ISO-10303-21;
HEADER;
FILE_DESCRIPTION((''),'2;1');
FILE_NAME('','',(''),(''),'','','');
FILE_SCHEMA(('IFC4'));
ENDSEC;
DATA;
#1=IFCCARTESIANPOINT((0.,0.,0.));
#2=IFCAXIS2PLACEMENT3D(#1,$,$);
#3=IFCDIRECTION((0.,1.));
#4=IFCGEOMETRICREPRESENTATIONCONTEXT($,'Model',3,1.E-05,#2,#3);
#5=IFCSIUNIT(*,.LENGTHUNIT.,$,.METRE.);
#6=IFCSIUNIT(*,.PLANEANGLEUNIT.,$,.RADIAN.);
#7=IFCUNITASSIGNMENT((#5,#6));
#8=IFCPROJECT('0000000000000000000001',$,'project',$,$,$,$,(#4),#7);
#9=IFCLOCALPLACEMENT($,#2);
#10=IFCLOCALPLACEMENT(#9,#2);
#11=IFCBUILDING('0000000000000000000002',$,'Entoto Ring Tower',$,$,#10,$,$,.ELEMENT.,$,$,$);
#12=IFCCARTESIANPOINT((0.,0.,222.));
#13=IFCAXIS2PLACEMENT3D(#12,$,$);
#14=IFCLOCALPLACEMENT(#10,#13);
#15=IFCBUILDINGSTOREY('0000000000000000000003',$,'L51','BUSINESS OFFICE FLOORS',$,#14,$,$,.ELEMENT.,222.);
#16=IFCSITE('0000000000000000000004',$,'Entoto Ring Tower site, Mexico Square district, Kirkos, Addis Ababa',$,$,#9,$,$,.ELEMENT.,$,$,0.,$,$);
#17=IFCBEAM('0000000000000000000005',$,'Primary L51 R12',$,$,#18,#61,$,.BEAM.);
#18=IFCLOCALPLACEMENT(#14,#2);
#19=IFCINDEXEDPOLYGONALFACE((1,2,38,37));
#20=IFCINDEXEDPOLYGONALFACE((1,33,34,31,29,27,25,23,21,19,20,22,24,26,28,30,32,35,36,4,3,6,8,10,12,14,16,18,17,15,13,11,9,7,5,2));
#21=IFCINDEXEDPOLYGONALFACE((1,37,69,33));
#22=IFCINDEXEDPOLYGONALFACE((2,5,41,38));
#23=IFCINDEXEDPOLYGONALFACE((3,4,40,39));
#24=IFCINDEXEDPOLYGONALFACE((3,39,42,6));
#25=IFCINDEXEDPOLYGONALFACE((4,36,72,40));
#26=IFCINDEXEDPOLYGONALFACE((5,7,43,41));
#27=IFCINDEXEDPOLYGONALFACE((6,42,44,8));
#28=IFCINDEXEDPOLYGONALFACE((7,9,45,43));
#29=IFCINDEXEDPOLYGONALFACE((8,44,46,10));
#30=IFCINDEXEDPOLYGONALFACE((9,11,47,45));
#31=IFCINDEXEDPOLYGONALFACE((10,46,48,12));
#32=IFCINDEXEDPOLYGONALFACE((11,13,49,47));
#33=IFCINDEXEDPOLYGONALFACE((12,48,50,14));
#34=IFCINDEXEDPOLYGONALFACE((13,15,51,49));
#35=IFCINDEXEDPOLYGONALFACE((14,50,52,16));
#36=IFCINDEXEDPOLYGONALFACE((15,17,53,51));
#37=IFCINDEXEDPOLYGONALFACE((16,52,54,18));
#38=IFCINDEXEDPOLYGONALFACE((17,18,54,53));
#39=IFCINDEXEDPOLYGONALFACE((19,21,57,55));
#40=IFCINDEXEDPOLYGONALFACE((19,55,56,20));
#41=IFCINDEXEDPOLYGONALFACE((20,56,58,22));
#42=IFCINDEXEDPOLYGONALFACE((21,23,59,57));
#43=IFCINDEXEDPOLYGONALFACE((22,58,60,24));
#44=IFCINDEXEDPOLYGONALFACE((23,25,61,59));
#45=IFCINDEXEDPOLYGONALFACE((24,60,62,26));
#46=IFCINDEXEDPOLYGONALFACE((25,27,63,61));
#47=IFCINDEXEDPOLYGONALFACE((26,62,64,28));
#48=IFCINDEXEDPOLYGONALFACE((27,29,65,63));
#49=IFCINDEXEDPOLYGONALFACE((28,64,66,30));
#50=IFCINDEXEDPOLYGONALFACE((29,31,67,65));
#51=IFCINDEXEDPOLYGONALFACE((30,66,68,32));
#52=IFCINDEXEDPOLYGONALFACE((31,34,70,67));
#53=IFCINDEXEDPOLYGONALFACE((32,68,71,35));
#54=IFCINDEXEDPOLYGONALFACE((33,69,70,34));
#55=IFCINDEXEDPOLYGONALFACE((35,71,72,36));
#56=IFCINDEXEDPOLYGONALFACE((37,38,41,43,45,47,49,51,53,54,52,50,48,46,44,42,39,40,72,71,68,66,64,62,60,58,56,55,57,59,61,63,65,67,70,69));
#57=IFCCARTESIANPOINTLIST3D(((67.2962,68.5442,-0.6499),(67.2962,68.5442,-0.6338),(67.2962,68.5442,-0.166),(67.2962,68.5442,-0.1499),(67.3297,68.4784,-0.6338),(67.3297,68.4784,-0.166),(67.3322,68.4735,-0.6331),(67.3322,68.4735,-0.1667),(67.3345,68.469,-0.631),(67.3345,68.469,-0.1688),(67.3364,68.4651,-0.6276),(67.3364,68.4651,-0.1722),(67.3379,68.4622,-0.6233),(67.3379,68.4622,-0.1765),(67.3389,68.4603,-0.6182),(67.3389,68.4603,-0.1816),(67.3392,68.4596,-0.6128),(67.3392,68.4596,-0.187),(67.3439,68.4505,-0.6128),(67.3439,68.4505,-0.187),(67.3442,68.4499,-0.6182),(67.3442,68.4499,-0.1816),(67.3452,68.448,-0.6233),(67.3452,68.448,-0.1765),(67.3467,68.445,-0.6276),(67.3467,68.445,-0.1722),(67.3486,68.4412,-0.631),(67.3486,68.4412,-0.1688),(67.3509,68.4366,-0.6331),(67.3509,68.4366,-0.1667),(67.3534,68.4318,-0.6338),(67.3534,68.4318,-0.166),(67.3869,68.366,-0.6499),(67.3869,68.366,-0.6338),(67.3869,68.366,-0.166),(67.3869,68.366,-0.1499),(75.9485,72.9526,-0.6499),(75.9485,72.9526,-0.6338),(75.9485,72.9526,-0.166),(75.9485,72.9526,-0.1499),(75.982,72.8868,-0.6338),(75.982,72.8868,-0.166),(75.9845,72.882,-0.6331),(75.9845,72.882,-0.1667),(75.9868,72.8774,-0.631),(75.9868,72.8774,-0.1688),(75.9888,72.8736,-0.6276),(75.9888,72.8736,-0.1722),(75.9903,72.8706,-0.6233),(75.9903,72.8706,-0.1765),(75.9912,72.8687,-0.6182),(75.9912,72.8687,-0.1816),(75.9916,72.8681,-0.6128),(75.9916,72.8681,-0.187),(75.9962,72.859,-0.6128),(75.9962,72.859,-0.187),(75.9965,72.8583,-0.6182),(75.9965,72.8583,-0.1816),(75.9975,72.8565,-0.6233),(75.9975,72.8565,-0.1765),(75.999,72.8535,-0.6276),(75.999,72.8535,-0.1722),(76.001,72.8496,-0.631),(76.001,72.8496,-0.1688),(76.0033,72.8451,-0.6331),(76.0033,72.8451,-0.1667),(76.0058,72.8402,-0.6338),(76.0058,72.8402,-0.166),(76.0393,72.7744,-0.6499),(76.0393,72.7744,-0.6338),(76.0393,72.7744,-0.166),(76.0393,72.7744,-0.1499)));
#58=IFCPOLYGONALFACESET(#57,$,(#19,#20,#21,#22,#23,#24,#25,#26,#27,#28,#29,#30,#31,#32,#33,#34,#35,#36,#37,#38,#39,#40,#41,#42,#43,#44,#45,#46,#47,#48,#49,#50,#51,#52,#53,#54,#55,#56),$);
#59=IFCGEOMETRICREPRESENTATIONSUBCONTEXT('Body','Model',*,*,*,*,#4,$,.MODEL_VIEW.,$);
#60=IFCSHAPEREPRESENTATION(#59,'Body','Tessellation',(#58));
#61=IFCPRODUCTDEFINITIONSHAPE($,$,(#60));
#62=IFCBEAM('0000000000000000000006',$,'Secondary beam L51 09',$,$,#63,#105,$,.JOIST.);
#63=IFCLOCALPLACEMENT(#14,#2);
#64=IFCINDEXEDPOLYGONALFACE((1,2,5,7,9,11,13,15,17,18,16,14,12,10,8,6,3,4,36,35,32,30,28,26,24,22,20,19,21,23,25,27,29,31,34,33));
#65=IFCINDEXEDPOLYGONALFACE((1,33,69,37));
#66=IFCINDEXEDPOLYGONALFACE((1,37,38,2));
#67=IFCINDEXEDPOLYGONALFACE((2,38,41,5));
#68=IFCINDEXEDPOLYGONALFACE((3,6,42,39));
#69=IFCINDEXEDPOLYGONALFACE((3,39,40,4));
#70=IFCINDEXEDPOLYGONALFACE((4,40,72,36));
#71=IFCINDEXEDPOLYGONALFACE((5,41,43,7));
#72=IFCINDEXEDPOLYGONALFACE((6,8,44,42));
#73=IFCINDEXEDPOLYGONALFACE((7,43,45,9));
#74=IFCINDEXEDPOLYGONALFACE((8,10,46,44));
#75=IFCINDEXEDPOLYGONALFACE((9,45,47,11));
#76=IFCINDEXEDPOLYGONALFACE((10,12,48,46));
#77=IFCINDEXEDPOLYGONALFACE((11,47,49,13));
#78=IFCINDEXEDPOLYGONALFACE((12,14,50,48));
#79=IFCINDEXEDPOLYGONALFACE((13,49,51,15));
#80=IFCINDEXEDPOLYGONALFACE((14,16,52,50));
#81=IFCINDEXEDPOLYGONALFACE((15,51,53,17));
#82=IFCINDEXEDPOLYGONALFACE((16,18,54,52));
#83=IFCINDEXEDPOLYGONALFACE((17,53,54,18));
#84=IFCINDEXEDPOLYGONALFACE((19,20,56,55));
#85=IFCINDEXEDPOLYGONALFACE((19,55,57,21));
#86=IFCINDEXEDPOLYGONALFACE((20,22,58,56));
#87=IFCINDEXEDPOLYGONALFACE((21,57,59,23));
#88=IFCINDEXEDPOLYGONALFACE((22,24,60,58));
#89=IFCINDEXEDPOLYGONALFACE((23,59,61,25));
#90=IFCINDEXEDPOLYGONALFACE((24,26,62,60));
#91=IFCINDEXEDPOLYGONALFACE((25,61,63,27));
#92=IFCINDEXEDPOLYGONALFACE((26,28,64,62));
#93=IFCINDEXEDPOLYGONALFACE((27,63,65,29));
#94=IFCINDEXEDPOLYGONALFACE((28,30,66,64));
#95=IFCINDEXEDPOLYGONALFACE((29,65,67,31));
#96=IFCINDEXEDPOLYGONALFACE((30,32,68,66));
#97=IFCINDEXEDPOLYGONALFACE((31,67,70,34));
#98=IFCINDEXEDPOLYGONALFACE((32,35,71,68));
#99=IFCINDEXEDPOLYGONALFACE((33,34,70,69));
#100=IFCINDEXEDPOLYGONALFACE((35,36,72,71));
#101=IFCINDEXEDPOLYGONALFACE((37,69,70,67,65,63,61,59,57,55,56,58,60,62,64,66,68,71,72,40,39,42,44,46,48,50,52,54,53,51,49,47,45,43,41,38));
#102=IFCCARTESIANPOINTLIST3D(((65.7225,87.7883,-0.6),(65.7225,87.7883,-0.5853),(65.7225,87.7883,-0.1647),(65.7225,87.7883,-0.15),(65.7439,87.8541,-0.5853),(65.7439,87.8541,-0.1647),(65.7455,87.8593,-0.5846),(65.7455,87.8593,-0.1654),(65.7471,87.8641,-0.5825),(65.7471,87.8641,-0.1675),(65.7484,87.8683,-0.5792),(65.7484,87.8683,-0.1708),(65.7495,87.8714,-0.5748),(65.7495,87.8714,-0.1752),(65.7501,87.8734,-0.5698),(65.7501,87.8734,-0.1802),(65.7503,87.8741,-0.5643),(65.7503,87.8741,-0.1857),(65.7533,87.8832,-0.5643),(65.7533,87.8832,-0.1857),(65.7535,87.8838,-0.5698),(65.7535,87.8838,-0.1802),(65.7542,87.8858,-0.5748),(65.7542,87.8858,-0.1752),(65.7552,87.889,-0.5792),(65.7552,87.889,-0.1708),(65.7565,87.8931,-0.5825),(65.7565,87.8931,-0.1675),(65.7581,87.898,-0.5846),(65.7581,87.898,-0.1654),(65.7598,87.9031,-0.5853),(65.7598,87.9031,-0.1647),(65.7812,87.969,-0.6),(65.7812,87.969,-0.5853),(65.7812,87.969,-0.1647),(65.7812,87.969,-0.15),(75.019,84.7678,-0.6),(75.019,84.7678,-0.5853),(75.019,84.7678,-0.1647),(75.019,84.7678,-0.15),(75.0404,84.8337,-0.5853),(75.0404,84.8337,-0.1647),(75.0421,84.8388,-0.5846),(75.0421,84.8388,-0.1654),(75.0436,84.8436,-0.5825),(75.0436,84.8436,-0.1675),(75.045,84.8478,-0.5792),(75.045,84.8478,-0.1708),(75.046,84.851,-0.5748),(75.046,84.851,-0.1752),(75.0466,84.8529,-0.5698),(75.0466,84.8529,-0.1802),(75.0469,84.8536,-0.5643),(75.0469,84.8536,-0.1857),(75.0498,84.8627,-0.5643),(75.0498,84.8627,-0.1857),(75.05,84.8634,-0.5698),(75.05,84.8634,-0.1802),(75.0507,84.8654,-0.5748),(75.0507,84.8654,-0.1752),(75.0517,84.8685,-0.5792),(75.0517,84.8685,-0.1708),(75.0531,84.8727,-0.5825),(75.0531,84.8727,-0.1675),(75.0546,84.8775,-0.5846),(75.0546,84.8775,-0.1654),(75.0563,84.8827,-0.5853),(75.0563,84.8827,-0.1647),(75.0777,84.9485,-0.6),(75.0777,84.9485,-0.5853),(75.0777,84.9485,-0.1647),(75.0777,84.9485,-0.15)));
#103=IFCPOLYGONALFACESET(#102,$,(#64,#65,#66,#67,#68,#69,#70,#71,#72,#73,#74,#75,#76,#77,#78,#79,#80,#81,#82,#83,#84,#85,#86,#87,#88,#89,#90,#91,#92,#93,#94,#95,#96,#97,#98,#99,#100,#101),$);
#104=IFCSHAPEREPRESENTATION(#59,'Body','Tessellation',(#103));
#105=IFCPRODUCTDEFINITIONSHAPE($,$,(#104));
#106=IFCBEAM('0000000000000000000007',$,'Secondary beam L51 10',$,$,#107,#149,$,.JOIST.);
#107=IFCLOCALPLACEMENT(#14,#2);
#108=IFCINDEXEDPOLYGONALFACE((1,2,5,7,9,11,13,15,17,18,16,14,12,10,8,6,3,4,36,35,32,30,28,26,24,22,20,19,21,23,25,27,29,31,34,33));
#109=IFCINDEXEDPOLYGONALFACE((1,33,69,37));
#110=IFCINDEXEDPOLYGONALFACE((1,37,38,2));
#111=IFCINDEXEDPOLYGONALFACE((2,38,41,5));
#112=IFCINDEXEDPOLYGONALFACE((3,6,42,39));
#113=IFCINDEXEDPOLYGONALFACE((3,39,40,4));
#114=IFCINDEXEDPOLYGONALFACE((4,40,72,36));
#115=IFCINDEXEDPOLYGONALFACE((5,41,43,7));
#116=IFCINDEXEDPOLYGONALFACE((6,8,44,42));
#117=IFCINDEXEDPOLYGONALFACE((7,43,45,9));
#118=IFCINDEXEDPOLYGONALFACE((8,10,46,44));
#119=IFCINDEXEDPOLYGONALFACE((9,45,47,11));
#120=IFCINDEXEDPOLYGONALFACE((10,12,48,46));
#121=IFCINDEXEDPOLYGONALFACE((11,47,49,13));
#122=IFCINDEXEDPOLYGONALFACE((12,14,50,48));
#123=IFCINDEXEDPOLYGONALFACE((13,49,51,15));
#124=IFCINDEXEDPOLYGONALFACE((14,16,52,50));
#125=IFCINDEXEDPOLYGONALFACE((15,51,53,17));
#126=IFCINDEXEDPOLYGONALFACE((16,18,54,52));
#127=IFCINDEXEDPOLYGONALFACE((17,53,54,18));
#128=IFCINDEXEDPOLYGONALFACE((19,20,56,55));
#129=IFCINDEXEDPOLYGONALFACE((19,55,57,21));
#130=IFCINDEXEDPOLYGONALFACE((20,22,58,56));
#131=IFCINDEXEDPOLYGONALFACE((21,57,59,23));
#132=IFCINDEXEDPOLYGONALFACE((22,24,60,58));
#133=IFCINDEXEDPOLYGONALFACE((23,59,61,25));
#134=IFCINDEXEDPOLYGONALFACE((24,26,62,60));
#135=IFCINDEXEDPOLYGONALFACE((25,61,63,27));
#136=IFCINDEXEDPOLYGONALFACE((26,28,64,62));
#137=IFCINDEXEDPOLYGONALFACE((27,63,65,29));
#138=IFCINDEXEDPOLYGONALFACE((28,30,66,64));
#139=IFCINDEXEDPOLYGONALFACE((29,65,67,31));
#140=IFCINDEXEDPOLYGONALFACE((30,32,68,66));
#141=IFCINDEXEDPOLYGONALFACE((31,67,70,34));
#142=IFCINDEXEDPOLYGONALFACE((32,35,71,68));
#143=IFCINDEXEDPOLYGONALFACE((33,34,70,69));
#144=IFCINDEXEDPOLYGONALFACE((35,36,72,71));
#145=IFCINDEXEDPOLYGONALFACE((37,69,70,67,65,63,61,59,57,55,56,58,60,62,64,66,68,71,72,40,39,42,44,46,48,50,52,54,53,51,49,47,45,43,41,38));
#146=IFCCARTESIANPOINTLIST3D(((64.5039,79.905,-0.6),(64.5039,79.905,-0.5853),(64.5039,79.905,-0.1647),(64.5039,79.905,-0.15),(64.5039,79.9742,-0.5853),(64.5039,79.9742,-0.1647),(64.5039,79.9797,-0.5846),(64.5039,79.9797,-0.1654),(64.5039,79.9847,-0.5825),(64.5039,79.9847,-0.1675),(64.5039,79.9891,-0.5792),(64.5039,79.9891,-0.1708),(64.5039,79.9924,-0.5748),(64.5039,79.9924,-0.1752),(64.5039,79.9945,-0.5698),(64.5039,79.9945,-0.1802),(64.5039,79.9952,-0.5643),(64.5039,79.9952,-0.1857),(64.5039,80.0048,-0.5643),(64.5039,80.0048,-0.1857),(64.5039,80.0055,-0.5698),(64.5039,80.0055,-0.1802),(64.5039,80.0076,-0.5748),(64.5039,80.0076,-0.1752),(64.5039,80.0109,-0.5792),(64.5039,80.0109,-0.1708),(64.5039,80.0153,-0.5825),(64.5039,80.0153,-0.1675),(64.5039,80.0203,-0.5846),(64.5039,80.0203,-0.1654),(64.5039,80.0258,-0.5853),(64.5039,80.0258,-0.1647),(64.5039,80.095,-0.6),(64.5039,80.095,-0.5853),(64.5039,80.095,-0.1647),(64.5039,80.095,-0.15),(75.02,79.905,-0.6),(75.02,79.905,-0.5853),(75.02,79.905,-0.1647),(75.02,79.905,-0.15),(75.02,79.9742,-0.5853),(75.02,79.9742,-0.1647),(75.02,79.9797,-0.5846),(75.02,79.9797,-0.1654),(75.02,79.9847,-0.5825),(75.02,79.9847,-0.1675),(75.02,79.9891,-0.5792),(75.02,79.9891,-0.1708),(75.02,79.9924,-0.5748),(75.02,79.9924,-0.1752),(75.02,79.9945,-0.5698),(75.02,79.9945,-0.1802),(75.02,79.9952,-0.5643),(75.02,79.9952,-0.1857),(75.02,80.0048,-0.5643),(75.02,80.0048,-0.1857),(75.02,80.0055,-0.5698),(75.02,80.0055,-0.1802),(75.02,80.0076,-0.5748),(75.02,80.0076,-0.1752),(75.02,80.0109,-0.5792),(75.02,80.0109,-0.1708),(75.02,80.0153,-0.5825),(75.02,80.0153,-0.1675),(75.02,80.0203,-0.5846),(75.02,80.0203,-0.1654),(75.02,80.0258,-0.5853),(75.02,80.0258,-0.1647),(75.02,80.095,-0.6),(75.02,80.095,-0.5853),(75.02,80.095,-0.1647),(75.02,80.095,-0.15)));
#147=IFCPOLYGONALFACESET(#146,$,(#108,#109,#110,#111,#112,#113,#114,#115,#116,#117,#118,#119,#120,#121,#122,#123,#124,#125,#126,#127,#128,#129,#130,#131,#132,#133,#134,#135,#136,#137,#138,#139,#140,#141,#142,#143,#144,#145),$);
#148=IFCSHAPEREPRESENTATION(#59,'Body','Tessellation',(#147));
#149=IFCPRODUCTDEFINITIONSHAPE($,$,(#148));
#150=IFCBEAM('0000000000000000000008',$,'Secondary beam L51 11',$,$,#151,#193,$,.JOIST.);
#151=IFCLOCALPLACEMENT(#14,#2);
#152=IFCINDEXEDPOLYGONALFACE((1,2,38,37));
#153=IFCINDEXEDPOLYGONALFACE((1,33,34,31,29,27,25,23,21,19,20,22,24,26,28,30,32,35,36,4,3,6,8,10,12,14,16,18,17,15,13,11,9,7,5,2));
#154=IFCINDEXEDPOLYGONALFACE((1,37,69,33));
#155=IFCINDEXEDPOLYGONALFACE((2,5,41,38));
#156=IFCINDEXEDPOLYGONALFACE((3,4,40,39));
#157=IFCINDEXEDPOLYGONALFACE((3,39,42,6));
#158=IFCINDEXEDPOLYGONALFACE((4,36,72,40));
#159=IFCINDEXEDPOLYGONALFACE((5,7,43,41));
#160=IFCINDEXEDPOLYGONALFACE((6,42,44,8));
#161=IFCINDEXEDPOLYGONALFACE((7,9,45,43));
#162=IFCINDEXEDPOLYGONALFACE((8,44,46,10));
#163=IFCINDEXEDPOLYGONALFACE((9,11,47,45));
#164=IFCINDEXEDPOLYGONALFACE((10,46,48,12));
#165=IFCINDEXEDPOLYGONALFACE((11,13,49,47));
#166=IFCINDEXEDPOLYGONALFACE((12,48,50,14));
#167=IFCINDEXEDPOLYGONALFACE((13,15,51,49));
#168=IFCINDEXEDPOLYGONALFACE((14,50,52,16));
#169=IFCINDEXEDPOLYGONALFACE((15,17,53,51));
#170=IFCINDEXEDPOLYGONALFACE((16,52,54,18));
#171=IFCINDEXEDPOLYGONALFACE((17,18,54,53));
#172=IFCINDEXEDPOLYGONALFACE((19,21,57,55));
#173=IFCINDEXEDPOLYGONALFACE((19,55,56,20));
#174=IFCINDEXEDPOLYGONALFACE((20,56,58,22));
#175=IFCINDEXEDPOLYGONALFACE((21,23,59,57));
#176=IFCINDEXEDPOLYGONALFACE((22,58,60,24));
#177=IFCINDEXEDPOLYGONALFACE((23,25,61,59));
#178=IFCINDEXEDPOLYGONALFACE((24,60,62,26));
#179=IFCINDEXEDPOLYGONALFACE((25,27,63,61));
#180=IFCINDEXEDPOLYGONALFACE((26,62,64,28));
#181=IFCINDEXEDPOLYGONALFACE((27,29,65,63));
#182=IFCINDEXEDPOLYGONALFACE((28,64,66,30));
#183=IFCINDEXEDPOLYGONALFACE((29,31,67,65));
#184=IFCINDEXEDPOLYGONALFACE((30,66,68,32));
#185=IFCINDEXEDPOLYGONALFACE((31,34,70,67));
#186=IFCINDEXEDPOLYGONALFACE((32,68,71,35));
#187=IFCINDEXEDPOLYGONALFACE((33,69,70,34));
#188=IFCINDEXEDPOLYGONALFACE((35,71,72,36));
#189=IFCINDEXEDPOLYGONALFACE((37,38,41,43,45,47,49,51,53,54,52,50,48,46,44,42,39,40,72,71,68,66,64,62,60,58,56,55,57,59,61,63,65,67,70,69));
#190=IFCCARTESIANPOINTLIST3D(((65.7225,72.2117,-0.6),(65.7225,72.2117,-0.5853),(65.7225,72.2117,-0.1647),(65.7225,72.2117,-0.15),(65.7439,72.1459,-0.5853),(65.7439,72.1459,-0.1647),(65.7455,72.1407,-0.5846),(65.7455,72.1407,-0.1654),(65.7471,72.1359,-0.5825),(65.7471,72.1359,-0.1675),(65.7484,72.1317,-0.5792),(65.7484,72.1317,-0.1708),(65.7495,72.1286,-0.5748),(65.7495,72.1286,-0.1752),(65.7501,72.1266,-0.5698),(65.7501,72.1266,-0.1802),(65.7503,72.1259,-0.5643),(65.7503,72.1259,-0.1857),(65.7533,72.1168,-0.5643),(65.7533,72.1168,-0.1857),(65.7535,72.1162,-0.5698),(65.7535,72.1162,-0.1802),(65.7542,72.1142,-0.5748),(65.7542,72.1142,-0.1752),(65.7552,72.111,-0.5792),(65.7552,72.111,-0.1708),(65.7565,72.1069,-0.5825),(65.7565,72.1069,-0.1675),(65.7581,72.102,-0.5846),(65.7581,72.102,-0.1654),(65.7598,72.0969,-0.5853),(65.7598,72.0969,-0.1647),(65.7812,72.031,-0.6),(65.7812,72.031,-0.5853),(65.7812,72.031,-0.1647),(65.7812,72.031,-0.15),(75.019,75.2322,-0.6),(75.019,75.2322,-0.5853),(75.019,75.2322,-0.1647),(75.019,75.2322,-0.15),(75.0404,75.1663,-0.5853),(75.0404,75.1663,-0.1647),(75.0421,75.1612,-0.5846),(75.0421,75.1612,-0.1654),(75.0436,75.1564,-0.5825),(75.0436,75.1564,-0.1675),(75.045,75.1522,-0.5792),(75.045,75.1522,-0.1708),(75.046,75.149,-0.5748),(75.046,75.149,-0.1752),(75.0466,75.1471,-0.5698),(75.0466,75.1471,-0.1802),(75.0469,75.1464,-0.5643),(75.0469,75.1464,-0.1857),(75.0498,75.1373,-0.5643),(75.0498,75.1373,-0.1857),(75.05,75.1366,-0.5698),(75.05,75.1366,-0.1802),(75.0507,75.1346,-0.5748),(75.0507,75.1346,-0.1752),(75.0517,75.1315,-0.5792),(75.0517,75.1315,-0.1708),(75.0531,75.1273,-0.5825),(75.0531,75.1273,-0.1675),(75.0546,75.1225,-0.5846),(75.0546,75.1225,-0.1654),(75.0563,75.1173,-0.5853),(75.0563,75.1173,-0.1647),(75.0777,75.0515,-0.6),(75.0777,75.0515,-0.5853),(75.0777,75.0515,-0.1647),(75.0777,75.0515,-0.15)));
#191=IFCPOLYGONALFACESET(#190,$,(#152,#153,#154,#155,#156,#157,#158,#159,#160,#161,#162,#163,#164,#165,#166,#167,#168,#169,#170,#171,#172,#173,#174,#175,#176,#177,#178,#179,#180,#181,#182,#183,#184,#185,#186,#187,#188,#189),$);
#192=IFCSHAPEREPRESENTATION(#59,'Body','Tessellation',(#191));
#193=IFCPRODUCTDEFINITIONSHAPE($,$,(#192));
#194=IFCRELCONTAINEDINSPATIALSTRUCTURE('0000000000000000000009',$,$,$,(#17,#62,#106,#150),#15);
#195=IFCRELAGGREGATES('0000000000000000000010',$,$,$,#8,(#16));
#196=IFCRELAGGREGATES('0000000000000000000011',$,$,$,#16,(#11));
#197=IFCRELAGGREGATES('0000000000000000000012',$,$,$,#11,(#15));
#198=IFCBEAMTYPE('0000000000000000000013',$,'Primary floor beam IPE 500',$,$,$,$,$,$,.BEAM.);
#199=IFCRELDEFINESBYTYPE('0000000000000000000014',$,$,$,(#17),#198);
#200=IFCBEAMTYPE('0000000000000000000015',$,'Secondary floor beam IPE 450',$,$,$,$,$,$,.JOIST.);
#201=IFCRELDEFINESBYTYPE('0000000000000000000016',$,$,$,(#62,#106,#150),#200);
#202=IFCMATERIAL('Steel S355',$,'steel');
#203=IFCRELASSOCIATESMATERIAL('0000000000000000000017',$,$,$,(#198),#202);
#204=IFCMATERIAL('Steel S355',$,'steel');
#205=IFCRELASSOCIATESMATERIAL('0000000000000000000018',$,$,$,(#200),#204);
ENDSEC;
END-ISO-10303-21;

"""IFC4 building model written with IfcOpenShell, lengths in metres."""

from ifc_helpers import new_model, si_unit, direction, frame, origin, origin_2d, place, context, subcontext, project, spatial, i_section, extrude, material, material_profile, profile_set, type_object, element, save


model = new_model("IFC4")

# Units and contexts
model_context = context("Model", 3, precision=1e-05, world=origin(), true_north=direction((0.0, 1.0)))
body_context = subcontext(model_context, "Body", "Model", "MODEL_VIEW")
ifc_project = project(units=[si_unit("LENGTHUNIT", "METRE"), si_unit("PLANEANGLEUNIT", "RADIAN")], contexts=[model_context])

# Site, building, storey
site_placement = place(None, origin())
site = spatial("IfcSite", under=ifc_project, at=site_placement, Name="Entoto Ring Tower site, Mexico Square district, Kirkos, Addis Ababa", CompositionType="ELEMENT", RefElevation=0.0)
building_placement = place(site_placement, origin())
building = spatial("IfcBuilding", under=site, at=building_placement, Name="Entoto Ring Tower", CompositionType="ELEMENT")
storey_placement = place(building_placement, frame((0.0, 0.0, 222.0)))
storey = spatial("IfcBuildingStorey", under=building, at=storey_placement, Name="L51", Description="BUSINESS OFFICE FLOORS", CompositionType="ELEMENT", Elevation=222.0)

# Beams
ifc_material_1 = material(Name="Steel S355", Category="steel")
ifc_material_profile_1 = material_profile(ifc_material_1, i_section(OverallWidth=0.2, OverallDepth=0.5, WebThickness=0.0103, FlangeThickness=0.0161, FilletRadius=0.021, at=origin_2d()), Name="IPE 500")
ifc_profile_set_1 = profile_set([ifc_material_profile_1], Name="Steel S355")
beam_type_1 = type_object("IfcBeamType", Name="Primary floor beam IPE 500", PredefinedType="BEAM", material=ifc_profile_set_1)
beam_1_placement = place(storey_placement, frame((75.9939, 72.8635, -0.3999), z_axis=(-0.891012, -0.453979, 0.0), x_axis=(0.453979, -0.891012, 0.0)))
element("IfcBeam", 1, at=beam_1_placement, inside=storey, type_object=beam_type_1, Name="Primary L51 R12", PredefinedType="BEAM", context=body_context, shape_type="SweptSolid", body=[
    extrude(i_section(OverallWidth=0.2, OverallDepth=0.5, WebThickness=0.0103, FlangeThickness=0.0161, FilletRadius=0.021, at=origin_2d()), origin(), (0.0, 0.0, 1.0), 9.7107),
])
ifc_material_2 = material(Name="Steel S355", Category="steel")
ifc_material_profile_2 = material_profile(ifc_material_2, i_section(OverallWidth=0.1899, OverallDepth=0.45, WebThickness=0.0095, FlangeThickness=0.0146, FilletRadius=0.021, at=origin_2d()), Name="IPE 450")
ifc_profile_set_2 = profile_set([ifc_material_profile_2], Name="Steel S355")
beam_type_2 = type_object("IfcBeamType", Name="Secondary floor beam IPE 450", PredefinedType="JOIST", material=ifc_profile_set_2)
beam_2_placement = place(storey_placement, frame((75.0483, 84.8582, -0.375), z_axis=(-0.951061, 0.309003, 0.0), x_axis=(-0.309003, -0.951061, 0.0)))
element("IfcBeam", 2, at=beam_2_placement, inside=storey, type_object=beam_type_2, Name="Secondary beam L51 09", PredefinedType="JOIST", context=body_context, shape_type="SweptSolid", body=[
    extrude(i_section(OverallWidth=0.1899, OverallDepth=0.45, WebThickness=0.0095, FlangeThickness=0.0146, FilletRadius=0.021, at=origin_2d()), origin(), (0.0, 0.0, 1.0), 9.7749),
])
beam_3_placement = place(storey_placement, frame((75.02, 80.0, -0.375), z_axis=(-1.0, 0.0, 0.0), x_axis=(0.0, -1.0, 0.0)))
element("IfcBeam", 3, at=beam_3_placement, inside=storey, type_object=beam_type_2, Name="Secondary beam L51 10", PredefinedType="JOIST", context=body_context, shape_type="SweptSolid", body=[
    extrude(i_section(OverallWidth=0.1899, OverallDepth=0.45, WebThickness=0.0095, FlangeThickness=0.0146, FilletRadius=0.021, at=origin_2d()), origin(), (0.0, 0.0, 1.0), 10.5161),
])
beam_4_placement = place(storey_placement, frame((75.0483, 75.1418, -0.375), z_axis=(-0.951061, -0.309003, 0.0), x_axis=(0.309003, -0.951061, 0.0)))
element("IfcBeam", 4, at=beam_4_placement, inside=storey, type_object=beam_type_2, Name="Secondary beam L51 11", PredefinedType="JOIST", context=body_context, shape_type="SweptSolid", body=[
    extrude(i_section(OverallWidth=0.1899, OverallDepth=0.45, WebThickness=0.0095, FlangeThickness=0.0146, FilletRadius=0.021, at=origin_2d()), origin(), (0.0, 0.0, 1.0), 9.7749),
])

save(model, "model.ifc")
